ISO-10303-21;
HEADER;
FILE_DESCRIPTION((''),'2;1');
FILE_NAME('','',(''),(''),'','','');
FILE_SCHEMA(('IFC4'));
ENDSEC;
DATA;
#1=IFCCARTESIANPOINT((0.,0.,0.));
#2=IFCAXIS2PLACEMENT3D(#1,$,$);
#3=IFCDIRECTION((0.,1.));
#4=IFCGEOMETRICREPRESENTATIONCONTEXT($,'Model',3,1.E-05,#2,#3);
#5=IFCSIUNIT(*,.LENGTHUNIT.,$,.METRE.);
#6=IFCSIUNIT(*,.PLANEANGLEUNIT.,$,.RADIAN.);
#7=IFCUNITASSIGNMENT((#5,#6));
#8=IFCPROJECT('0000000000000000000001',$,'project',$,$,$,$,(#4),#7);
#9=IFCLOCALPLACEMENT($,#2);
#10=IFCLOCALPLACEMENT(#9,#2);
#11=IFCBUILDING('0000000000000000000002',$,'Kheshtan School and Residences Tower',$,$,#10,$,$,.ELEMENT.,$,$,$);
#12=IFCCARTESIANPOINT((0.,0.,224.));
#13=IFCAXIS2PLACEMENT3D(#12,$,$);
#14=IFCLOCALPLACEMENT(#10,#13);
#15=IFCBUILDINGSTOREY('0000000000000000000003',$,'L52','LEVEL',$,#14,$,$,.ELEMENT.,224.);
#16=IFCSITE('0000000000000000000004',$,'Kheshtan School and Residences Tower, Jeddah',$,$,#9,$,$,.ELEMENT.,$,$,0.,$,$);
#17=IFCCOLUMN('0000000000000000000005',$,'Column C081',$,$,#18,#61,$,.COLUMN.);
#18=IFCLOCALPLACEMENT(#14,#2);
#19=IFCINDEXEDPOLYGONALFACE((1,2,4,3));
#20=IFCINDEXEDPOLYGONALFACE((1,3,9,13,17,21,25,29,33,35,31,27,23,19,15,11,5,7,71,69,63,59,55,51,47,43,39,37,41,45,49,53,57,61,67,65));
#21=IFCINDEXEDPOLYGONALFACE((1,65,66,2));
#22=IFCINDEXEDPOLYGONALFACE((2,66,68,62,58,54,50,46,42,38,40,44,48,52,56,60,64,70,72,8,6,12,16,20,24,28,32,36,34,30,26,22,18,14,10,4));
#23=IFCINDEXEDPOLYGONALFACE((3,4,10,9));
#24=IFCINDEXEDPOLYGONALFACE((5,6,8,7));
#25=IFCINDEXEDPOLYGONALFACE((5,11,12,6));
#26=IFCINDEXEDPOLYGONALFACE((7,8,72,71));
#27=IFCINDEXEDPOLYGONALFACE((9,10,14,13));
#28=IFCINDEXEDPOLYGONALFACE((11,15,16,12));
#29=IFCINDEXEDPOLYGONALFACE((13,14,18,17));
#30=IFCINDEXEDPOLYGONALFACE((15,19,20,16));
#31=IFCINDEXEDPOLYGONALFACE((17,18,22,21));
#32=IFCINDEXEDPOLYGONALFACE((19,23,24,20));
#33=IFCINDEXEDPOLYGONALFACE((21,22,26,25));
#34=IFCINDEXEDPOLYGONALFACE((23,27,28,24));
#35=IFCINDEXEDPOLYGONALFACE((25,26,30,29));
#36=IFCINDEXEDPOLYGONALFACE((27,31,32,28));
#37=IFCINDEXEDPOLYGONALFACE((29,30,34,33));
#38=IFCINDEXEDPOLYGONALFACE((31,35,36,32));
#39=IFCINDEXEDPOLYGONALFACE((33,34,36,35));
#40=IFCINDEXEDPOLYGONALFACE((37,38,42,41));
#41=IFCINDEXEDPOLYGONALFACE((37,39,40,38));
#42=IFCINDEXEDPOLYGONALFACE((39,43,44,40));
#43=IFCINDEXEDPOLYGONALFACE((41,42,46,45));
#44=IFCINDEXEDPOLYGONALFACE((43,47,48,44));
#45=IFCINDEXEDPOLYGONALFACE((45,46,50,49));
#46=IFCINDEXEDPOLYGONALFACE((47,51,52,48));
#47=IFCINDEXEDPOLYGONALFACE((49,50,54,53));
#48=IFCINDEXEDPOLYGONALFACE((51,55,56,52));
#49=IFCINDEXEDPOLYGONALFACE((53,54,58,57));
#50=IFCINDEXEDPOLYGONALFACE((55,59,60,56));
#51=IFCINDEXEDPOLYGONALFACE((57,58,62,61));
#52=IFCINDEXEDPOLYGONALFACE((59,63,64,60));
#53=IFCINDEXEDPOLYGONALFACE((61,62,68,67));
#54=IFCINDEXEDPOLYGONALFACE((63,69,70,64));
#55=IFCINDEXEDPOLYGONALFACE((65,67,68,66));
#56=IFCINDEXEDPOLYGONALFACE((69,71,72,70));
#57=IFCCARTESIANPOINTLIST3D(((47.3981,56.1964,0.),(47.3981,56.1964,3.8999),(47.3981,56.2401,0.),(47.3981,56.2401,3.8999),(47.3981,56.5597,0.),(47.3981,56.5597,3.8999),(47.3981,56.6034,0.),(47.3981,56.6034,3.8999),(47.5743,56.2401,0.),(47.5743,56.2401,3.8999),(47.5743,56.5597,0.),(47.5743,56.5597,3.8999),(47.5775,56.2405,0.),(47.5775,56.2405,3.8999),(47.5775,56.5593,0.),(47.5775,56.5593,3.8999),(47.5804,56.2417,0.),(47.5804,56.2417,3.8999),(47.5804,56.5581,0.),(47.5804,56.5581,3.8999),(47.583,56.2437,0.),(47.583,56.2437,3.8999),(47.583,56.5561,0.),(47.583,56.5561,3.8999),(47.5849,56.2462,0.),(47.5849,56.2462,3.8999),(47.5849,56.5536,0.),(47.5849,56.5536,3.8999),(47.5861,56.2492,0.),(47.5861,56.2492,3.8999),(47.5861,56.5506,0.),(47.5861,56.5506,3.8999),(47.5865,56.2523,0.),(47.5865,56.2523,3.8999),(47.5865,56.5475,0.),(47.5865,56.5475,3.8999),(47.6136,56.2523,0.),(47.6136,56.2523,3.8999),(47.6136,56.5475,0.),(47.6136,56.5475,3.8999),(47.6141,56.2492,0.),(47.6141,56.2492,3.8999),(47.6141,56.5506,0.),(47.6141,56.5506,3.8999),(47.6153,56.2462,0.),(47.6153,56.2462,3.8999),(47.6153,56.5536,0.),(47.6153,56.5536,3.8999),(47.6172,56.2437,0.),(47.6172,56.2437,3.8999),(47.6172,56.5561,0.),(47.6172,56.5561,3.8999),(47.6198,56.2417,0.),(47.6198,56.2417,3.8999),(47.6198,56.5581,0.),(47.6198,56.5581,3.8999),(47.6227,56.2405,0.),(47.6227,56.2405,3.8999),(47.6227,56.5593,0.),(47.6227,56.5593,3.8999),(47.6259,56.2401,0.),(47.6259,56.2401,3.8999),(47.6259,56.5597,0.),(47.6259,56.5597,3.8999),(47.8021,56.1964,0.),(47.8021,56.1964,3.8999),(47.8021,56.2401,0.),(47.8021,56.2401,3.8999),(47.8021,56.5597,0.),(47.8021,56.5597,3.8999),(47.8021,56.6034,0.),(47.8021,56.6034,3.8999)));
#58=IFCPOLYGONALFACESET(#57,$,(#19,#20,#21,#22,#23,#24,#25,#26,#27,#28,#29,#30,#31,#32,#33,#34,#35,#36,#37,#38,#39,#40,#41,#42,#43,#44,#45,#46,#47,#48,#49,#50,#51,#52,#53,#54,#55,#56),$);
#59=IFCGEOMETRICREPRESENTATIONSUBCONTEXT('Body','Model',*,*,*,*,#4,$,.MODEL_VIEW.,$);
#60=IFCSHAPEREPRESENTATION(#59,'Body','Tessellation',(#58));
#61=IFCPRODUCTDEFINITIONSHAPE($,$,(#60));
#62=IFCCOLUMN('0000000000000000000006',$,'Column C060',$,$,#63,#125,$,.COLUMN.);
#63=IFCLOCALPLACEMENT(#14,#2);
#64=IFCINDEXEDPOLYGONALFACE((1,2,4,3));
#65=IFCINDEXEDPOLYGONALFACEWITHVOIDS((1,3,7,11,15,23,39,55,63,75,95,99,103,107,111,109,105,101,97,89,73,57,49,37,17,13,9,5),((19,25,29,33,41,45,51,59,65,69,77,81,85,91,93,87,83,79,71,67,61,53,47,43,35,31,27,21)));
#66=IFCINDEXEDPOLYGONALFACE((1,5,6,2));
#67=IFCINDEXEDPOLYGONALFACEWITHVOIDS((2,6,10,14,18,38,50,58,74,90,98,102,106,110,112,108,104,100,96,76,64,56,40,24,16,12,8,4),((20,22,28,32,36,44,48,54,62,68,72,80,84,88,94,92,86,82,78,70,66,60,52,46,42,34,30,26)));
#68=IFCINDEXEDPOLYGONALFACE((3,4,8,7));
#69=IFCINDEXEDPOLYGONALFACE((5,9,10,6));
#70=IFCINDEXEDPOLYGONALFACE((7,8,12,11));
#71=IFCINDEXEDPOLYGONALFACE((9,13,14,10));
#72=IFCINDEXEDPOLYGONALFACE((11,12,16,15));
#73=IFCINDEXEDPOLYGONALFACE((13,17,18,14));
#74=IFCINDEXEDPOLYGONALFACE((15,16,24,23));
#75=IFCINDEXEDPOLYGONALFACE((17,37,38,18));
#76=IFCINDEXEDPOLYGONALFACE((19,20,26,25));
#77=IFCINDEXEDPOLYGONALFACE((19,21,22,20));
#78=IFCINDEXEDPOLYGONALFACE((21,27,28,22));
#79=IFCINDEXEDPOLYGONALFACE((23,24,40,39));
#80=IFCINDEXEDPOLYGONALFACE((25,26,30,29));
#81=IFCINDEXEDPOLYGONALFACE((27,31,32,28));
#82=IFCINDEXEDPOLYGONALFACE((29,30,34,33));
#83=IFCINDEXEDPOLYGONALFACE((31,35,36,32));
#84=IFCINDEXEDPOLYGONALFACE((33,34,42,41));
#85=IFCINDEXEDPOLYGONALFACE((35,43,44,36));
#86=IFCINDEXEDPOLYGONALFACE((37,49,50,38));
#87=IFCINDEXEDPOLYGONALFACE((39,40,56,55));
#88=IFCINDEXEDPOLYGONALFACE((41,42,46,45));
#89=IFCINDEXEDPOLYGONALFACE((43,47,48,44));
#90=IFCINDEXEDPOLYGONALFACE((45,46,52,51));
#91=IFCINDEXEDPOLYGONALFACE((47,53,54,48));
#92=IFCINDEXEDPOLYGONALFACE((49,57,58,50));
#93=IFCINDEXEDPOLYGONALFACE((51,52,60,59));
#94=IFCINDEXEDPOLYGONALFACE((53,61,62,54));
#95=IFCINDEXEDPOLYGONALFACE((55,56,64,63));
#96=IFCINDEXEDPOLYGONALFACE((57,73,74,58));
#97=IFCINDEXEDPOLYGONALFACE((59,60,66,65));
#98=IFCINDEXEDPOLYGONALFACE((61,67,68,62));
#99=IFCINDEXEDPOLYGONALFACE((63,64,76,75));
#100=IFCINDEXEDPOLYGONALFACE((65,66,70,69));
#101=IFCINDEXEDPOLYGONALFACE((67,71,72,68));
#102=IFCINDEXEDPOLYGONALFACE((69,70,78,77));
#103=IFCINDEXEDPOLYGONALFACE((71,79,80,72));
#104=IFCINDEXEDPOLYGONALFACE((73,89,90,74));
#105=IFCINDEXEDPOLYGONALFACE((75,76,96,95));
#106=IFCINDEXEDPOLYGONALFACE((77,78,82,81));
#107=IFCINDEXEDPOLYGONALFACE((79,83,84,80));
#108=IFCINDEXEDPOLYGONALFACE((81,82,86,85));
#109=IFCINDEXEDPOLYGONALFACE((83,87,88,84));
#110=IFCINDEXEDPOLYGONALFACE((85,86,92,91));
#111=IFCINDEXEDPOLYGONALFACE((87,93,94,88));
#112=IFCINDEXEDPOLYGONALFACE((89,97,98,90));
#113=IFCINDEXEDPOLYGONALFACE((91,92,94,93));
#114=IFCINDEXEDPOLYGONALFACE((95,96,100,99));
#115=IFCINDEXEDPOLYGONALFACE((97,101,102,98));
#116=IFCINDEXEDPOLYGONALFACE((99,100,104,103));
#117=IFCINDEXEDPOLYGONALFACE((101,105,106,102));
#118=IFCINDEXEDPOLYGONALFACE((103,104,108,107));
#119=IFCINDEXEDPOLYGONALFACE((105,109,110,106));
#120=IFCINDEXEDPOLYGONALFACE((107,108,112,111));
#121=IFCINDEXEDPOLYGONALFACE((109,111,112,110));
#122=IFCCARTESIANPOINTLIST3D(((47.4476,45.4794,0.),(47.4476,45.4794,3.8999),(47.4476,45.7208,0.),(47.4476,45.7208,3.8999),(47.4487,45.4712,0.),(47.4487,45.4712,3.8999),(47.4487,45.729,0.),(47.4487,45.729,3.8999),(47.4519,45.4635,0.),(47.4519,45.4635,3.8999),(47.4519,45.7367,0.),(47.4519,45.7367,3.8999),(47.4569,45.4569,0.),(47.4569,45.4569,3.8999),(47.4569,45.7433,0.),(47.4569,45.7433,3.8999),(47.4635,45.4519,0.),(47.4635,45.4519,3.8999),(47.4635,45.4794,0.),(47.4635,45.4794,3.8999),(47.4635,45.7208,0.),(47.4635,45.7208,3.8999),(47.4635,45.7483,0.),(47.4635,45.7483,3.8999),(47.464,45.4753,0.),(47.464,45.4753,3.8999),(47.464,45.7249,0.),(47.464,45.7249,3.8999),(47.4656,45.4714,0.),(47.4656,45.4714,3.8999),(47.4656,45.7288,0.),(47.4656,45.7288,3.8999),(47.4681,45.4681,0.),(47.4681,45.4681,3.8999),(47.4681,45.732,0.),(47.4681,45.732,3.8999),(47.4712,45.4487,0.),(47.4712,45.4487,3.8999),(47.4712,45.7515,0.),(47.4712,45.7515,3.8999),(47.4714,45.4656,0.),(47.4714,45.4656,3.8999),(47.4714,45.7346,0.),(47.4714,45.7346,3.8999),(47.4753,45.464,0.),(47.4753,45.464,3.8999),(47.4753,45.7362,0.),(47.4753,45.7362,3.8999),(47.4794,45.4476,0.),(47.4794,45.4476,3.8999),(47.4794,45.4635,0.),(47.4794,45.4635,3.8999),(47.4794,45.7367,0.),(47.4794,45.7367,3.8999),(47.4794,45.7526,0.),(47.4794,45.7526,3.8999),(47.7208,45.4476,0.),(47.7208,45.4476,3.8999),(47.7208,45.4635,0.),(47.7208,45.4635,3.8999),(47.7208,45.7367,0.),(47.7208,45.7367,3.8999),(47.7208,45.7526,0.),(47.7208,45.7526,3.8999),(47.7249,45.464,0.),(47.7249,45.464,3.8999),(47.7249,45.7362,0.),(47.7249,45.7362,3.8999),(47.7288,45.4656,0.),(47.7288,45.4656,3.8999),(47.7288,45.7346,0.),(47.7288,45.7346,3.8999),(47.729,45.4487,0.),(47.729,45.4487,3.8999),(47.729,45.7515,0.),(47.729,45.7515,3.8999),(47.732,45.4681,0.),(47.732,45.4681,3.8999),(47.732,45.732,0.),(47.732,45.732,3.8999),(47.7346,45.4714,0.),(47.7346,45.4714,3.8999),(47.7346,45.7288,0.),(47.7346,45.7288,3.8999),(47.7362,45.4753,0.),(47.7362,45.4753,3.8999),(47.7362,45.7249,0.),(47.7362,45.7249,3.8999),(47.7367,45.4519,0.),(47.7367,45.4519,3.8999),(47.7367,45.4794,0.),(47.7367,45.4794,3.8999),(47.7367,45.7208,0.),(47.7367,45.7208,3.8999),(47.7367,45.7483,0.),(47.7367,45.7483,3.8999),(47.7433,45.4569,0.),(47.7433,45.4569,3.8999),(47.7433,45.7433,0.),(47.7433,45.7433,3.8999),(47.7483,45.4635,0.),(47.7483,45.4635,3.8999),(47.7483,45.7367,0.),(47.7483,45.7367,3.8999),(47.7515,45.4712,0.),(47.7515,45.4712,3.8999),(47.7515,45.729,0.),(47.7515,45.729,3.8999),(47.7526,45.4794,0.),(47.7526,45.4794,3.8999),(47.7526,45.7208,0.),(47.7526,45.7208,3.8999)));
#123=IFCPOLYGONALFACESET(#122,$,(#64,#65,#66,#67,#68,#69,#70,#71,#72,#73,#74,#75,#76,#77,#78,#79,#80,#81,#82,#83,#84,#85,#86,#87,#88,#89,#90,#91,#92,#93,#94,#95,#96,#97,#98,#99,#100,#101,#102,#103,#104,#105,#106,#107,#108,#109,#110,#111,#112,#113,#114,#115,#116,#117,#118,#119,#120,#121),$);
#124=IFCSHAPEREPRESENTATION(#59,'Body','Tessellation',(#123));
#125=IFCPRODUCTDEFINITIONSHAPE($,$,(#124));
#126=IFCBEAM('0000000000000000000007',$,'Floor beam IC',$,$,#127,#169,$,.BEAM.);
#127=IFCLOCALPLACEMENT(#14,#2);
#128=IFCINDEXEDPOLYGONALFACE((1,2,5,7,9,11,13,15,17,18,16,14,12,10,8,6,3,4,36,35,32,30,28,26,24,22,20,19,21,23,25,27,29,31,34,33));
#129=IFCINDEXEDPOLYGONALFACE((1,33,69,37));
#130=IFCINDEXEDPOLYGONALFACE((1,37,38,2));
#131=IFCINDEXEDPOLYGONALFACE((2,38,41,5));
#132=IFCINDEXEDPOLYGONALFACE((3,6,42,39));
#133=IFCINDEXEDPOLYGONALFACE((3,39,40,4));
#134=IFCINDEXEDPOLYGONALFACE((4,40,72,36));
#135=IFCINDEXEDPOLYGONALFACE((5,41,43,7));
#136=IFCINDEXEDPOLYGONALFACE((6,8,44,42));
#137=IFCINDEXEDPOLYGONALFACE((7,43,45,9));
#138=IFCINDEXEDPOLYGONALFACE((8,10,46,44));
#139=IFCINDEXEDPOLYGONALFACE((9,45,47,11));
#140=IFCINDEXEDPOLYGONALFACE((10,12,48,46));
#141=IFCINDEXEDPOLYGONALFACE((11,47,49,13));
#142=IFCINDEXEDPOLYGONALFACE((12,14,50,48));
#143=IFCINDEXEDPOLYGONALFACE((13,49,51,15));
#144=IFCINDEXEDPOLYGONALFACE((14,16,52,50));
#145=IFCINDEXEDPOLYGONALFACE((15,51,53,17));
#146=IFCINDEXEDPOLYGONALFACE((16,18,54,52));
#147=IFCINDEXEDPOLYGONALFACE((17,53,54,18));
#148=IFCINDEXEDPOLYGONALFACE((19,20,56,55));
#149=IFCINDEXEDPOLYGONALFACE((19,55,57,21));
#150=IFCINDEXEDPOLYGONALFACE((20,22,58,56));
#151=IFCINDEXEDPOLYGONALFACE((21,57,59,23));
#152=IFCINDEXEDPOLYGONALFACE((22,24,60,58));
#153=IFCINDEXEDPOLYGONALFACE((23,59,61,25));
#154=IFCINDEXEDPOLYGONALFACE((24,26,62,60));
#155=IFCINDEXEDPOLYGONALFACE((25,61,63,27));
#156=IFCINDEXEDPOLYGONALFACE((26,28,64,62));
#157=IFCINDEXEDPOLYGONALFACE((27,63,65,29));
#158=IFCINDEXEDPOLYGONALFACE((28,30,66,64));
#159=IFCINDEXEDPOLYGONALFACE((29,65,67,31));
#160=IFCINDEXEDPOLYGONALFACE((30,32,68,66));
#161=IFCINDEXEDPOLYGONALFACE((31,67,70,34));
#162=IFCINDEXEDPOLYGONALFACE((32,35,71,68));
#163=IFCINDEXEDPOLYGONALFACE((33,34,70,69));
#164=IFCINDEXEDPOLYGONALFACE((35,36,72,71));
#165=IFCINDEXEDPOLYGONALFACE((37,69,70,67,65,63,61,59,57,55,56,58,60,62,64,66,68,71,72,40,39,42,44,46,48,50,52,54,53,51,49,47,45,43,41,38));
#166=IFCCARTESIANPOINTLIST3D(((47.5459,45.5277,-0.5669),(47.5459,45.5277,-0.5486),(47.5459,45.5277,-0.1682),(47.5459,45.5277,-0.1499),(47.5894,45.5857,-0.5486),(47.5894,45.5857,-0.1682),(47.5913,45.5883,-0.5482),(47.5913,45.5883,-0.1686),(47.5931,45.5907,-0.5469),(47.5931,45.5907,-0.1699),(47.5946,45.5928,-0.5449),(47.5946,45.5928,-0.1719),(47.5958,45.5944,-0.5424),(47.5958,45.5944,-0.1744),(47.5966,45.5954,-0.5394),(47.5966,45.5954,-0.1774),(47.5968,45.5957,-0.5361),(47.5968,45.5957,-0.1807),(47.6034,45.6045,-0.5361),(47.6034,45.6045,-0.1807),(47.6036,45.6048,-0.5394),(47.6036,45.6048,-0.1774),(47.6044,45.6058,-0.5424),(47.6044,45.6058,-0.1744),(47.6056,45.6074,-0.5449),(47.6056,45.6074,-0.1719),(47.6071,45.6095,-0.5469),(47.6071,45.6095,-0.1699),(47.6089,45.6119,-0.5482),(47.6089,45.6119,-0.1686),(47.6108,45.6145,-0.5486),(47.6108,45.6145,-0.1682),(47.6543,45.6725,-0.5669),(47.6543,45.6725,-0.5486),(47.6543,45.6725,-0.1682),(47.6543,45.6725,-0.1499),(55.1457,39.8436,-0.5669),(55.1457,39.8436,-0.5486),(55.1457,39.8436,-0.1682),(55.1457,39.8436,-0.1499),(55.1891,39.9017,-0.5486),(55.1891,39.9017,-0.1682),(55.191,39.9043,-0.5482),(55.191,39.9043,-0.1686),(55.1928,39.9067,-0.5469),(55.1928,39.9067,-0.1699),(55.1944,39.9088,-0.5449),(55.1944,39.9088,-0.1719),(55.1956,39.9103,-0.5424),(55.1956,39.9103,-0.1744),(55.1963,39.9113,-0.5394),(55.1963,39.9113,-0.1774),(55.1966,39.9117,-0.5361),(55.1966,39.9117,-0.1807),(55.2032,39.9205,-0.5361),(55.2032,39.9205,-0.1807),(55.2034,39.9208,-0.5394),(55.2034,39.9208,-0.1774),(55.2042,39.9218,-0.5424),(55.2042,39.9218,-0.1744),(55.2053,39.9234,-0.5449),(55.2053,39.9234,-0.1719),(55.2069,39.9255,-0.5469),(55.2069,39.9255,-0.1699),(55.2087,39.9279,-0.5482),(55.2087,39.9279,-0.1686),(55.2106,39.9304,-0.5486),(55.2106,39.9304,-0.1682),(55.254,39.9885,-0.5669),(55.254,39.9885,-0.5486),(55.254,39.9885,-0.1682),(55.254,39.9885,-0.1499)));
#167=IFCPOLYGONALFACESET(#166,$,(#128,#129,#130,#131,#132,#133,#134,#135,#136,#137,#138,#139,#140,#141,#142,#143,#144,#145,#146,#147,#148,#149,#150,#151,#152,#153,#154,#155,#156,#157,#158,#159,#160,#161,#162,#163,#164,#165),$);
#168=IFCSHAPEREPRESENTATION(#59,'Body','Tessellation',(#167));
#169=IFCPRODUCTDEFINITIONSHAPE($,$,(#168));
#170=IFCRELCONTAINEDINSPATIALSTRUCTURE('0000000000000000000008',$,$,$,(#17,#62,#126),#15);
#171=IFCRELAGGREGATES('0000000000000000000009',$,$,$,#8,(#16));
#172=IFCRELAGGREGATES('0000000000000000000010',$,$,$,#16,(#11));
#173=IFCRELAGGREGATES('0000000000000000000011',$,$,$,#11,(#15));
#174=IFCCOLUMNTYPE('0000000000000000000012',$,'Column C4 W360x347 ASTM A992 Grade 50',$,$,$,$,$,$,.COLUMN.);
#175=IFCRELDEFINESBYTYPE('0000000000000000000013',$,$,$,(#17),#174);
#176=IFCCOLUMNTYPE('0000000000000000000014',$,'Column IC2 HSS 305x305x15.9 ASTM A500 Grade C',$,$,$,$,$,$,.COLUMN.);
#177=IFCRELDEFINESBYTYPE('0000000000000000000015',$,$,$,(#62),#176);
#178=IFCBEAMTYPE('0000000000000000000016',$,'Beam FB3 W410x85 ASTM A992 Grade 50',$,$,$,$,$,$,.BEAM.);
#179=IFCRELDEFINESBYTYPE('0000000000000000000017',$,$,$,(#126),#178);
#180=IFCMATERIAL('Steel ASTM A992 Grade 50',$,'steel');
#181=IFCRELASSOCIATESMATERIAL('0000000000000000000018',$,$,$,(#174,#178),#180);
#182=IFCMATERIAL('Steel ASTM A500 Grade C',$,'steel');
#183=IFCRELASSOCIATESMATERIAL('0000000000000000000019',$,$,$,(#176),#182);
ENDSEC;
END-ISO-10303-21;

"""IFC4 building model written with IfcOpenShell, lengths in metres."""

from ifc_helpers import new_model, si_unit, direction, frame, origin, origin_2d, place, context, subcontext, project, spatial, hollow_rectangle, i_section, extrude, material, material_profile, profile_set, type_object, element, save


model = new_model("IFC4")

# Units and contexts
model_context = context("Model", 3, precision=1e-05, world=origin(), true_north=direction((0.0, 1.0)))
body_context = subcontext(model_context, "Body", "Model", "MODEL_VIEW")
ifc_project = project(units=[si_unit("LENGTHUNIT", "METRE"), si_unit("PLANEANGLEUNIT", "RADIAN")], contexts=[model_context])

# Site, building, storey
site_placement = place(None, origin())
site = spatial("IfcSite", under=ifc_project, at=site_placement, Name="Kheshtan School and Residences Tower, Jeddah", CompositionType="ELEMENT", RefElevation=0.0)
building_placement = place(site_placement, origin())
building = spatial("IfcBuilding", under=site, at=building_placement, Name="Kheshtan School and Residences Tower", CompositionType="ELEMENT")
storey_placement = place(building_placement, frame((0.0, 0.0, 224.0)))
storey = spatial("IfcBuildingStorey", under=building, at=storey_placement, Name="L52", Description="LEVEL", CompositionType="ELEMENT", Elevation=224.0)

# Columns
ifc_material_1 = material(Name="Steel ASTM A992 Grade 50", Category="steel")
ifc_material_profile_1 = material_profile(ifc_material_1, i_section(OverallWidth=0.4041, OverallDepth=0.407, WebThickness=0.0271, FlangeThickness=0.0437, FilletRadius=0.0122, at=origin_2d()), Name="W360x347")
ifc_profile_set_1 = profile_set([ifc_material_profile_1], Name="Steel ASTM A992 Grade 50")
column_type_1 = type_object("IfcColumnType", Name="Column C4 W360x347 ASTM A992 Grade 50", PredefinedType="COLUMN", material=ifc_profile_set_1)
for number, where, z_axis, x_axis, name in (
    (1, (47.6001, 56.3999, 0.0), (0.0, 0.0, 1.0), (1.0, 0.0, 0.0), "Column C081"),
):
    element("IfcColumn", number, at=place(storey_placement, frame(where, z_axis=z_axis, x_axis=x_axis)), inside=storey, type_object=column_type_1, Name=name, PredefinedType="COLUMN", context=body_context, shape_type="SweptSolid", body=[
        extrude(i_section(OverallWidth=0.4041, OverallDepth=0.407, WebThickness=0.0271, FlangeThickness=0.0437, FilletRadius=0.0122, at=origin_2d()), origin(), (0.0, 0.0, 1.0), 3.8999),
    ])
ifc_material_2 = material(Name="Steel ASTM A500 Grade C", Category="steel")
ifc_material_profile_2 = material_profile(ifc_material_2, hollow_rectangle(XDim=0.3049, YDim=0.3049, WallThickness=0.0159, InnerFilletRadius=0.0159, OuterFilletRadius=0.0317, at=origin_2d()), Name="HSS 305x305x15.9")
ifc_profile_set_2 = profile_set([ifc_material_profile_2], Name="Steel ASTM A500 Grade C")
column_type_2 = type_object("IfcColumnType", Name="Column IC2 HSS 305x305x15.9 ASTM A500 Grade C", PredefinedType="COLUMN", material=ifc_profile_set_2)
column_placement = place(storey_placement, frame((47.6001, 45.6001, 0.0), z_axis=(0.0, 0.0, 1.0), x_axis=(1.0, 0.0, 0.0)))
element("IfcColumn", 2, at=column_placement, inside=storey, type_object=column_type_2, Name="Column C060", PredefinedType="COLUMN", context=body_context, shape_type="SweptSolid", body=[
    extrude(hollow_rectangle(XDim=0.3049, YDim=0.3049, WallThickness=0.0159, InnerFilletRadius=0.0159, OuterFilletRadius=0.0317, at=origin_2d()), origin(), (0.0, 0.0, 1.0), 3.8999),
])

# Beam
ifc_material_profile_3 = material_profile(ifc_material_1, i_section(OverallWidth=0.1809, OverallDepth=0.417, WebThickness=0.011, FlangeThickness=0.0183, FilletRadius=0.0125, at=origin_2d()), Name="W410x85")
ifc_profile_set_3 = profile_set([ifc_material_profile_3], Name="Steel ASTM A992 Grade 50")
beam_type_1 = type_object("IfcBeamType", Name="Beam FB3 W410x85 ASTM A992 Grade 50", PredefinedType="BEAM", material=ifc_profile_set_3)
beam_1_placement = place(storey_placement, frame((47.6001, 45.6001, -0.3584), z_axis=(0.800799, -0.598933, 0.0), x_axis=(0.598933, 0.800799, 0.0)))
element("IfcBeam", 3, at=beam_1_placement, inside=storey, type_object=beam_type_1, Name="Floor beam IC", PredefinedType="BEAM", context=body_context, shape_type="SweptSolid", body=[
    extrude(i_section(OverallWidth=0.1809, OverallDepth=0.417, WebThickness=0.011, FlangeThickness=0.0183, FilletRadius=0.0125, at=origin_2d()), origin(), (0.0, 0.0, 1.0), 9.4902),
])

save(model, "model.ifc")
